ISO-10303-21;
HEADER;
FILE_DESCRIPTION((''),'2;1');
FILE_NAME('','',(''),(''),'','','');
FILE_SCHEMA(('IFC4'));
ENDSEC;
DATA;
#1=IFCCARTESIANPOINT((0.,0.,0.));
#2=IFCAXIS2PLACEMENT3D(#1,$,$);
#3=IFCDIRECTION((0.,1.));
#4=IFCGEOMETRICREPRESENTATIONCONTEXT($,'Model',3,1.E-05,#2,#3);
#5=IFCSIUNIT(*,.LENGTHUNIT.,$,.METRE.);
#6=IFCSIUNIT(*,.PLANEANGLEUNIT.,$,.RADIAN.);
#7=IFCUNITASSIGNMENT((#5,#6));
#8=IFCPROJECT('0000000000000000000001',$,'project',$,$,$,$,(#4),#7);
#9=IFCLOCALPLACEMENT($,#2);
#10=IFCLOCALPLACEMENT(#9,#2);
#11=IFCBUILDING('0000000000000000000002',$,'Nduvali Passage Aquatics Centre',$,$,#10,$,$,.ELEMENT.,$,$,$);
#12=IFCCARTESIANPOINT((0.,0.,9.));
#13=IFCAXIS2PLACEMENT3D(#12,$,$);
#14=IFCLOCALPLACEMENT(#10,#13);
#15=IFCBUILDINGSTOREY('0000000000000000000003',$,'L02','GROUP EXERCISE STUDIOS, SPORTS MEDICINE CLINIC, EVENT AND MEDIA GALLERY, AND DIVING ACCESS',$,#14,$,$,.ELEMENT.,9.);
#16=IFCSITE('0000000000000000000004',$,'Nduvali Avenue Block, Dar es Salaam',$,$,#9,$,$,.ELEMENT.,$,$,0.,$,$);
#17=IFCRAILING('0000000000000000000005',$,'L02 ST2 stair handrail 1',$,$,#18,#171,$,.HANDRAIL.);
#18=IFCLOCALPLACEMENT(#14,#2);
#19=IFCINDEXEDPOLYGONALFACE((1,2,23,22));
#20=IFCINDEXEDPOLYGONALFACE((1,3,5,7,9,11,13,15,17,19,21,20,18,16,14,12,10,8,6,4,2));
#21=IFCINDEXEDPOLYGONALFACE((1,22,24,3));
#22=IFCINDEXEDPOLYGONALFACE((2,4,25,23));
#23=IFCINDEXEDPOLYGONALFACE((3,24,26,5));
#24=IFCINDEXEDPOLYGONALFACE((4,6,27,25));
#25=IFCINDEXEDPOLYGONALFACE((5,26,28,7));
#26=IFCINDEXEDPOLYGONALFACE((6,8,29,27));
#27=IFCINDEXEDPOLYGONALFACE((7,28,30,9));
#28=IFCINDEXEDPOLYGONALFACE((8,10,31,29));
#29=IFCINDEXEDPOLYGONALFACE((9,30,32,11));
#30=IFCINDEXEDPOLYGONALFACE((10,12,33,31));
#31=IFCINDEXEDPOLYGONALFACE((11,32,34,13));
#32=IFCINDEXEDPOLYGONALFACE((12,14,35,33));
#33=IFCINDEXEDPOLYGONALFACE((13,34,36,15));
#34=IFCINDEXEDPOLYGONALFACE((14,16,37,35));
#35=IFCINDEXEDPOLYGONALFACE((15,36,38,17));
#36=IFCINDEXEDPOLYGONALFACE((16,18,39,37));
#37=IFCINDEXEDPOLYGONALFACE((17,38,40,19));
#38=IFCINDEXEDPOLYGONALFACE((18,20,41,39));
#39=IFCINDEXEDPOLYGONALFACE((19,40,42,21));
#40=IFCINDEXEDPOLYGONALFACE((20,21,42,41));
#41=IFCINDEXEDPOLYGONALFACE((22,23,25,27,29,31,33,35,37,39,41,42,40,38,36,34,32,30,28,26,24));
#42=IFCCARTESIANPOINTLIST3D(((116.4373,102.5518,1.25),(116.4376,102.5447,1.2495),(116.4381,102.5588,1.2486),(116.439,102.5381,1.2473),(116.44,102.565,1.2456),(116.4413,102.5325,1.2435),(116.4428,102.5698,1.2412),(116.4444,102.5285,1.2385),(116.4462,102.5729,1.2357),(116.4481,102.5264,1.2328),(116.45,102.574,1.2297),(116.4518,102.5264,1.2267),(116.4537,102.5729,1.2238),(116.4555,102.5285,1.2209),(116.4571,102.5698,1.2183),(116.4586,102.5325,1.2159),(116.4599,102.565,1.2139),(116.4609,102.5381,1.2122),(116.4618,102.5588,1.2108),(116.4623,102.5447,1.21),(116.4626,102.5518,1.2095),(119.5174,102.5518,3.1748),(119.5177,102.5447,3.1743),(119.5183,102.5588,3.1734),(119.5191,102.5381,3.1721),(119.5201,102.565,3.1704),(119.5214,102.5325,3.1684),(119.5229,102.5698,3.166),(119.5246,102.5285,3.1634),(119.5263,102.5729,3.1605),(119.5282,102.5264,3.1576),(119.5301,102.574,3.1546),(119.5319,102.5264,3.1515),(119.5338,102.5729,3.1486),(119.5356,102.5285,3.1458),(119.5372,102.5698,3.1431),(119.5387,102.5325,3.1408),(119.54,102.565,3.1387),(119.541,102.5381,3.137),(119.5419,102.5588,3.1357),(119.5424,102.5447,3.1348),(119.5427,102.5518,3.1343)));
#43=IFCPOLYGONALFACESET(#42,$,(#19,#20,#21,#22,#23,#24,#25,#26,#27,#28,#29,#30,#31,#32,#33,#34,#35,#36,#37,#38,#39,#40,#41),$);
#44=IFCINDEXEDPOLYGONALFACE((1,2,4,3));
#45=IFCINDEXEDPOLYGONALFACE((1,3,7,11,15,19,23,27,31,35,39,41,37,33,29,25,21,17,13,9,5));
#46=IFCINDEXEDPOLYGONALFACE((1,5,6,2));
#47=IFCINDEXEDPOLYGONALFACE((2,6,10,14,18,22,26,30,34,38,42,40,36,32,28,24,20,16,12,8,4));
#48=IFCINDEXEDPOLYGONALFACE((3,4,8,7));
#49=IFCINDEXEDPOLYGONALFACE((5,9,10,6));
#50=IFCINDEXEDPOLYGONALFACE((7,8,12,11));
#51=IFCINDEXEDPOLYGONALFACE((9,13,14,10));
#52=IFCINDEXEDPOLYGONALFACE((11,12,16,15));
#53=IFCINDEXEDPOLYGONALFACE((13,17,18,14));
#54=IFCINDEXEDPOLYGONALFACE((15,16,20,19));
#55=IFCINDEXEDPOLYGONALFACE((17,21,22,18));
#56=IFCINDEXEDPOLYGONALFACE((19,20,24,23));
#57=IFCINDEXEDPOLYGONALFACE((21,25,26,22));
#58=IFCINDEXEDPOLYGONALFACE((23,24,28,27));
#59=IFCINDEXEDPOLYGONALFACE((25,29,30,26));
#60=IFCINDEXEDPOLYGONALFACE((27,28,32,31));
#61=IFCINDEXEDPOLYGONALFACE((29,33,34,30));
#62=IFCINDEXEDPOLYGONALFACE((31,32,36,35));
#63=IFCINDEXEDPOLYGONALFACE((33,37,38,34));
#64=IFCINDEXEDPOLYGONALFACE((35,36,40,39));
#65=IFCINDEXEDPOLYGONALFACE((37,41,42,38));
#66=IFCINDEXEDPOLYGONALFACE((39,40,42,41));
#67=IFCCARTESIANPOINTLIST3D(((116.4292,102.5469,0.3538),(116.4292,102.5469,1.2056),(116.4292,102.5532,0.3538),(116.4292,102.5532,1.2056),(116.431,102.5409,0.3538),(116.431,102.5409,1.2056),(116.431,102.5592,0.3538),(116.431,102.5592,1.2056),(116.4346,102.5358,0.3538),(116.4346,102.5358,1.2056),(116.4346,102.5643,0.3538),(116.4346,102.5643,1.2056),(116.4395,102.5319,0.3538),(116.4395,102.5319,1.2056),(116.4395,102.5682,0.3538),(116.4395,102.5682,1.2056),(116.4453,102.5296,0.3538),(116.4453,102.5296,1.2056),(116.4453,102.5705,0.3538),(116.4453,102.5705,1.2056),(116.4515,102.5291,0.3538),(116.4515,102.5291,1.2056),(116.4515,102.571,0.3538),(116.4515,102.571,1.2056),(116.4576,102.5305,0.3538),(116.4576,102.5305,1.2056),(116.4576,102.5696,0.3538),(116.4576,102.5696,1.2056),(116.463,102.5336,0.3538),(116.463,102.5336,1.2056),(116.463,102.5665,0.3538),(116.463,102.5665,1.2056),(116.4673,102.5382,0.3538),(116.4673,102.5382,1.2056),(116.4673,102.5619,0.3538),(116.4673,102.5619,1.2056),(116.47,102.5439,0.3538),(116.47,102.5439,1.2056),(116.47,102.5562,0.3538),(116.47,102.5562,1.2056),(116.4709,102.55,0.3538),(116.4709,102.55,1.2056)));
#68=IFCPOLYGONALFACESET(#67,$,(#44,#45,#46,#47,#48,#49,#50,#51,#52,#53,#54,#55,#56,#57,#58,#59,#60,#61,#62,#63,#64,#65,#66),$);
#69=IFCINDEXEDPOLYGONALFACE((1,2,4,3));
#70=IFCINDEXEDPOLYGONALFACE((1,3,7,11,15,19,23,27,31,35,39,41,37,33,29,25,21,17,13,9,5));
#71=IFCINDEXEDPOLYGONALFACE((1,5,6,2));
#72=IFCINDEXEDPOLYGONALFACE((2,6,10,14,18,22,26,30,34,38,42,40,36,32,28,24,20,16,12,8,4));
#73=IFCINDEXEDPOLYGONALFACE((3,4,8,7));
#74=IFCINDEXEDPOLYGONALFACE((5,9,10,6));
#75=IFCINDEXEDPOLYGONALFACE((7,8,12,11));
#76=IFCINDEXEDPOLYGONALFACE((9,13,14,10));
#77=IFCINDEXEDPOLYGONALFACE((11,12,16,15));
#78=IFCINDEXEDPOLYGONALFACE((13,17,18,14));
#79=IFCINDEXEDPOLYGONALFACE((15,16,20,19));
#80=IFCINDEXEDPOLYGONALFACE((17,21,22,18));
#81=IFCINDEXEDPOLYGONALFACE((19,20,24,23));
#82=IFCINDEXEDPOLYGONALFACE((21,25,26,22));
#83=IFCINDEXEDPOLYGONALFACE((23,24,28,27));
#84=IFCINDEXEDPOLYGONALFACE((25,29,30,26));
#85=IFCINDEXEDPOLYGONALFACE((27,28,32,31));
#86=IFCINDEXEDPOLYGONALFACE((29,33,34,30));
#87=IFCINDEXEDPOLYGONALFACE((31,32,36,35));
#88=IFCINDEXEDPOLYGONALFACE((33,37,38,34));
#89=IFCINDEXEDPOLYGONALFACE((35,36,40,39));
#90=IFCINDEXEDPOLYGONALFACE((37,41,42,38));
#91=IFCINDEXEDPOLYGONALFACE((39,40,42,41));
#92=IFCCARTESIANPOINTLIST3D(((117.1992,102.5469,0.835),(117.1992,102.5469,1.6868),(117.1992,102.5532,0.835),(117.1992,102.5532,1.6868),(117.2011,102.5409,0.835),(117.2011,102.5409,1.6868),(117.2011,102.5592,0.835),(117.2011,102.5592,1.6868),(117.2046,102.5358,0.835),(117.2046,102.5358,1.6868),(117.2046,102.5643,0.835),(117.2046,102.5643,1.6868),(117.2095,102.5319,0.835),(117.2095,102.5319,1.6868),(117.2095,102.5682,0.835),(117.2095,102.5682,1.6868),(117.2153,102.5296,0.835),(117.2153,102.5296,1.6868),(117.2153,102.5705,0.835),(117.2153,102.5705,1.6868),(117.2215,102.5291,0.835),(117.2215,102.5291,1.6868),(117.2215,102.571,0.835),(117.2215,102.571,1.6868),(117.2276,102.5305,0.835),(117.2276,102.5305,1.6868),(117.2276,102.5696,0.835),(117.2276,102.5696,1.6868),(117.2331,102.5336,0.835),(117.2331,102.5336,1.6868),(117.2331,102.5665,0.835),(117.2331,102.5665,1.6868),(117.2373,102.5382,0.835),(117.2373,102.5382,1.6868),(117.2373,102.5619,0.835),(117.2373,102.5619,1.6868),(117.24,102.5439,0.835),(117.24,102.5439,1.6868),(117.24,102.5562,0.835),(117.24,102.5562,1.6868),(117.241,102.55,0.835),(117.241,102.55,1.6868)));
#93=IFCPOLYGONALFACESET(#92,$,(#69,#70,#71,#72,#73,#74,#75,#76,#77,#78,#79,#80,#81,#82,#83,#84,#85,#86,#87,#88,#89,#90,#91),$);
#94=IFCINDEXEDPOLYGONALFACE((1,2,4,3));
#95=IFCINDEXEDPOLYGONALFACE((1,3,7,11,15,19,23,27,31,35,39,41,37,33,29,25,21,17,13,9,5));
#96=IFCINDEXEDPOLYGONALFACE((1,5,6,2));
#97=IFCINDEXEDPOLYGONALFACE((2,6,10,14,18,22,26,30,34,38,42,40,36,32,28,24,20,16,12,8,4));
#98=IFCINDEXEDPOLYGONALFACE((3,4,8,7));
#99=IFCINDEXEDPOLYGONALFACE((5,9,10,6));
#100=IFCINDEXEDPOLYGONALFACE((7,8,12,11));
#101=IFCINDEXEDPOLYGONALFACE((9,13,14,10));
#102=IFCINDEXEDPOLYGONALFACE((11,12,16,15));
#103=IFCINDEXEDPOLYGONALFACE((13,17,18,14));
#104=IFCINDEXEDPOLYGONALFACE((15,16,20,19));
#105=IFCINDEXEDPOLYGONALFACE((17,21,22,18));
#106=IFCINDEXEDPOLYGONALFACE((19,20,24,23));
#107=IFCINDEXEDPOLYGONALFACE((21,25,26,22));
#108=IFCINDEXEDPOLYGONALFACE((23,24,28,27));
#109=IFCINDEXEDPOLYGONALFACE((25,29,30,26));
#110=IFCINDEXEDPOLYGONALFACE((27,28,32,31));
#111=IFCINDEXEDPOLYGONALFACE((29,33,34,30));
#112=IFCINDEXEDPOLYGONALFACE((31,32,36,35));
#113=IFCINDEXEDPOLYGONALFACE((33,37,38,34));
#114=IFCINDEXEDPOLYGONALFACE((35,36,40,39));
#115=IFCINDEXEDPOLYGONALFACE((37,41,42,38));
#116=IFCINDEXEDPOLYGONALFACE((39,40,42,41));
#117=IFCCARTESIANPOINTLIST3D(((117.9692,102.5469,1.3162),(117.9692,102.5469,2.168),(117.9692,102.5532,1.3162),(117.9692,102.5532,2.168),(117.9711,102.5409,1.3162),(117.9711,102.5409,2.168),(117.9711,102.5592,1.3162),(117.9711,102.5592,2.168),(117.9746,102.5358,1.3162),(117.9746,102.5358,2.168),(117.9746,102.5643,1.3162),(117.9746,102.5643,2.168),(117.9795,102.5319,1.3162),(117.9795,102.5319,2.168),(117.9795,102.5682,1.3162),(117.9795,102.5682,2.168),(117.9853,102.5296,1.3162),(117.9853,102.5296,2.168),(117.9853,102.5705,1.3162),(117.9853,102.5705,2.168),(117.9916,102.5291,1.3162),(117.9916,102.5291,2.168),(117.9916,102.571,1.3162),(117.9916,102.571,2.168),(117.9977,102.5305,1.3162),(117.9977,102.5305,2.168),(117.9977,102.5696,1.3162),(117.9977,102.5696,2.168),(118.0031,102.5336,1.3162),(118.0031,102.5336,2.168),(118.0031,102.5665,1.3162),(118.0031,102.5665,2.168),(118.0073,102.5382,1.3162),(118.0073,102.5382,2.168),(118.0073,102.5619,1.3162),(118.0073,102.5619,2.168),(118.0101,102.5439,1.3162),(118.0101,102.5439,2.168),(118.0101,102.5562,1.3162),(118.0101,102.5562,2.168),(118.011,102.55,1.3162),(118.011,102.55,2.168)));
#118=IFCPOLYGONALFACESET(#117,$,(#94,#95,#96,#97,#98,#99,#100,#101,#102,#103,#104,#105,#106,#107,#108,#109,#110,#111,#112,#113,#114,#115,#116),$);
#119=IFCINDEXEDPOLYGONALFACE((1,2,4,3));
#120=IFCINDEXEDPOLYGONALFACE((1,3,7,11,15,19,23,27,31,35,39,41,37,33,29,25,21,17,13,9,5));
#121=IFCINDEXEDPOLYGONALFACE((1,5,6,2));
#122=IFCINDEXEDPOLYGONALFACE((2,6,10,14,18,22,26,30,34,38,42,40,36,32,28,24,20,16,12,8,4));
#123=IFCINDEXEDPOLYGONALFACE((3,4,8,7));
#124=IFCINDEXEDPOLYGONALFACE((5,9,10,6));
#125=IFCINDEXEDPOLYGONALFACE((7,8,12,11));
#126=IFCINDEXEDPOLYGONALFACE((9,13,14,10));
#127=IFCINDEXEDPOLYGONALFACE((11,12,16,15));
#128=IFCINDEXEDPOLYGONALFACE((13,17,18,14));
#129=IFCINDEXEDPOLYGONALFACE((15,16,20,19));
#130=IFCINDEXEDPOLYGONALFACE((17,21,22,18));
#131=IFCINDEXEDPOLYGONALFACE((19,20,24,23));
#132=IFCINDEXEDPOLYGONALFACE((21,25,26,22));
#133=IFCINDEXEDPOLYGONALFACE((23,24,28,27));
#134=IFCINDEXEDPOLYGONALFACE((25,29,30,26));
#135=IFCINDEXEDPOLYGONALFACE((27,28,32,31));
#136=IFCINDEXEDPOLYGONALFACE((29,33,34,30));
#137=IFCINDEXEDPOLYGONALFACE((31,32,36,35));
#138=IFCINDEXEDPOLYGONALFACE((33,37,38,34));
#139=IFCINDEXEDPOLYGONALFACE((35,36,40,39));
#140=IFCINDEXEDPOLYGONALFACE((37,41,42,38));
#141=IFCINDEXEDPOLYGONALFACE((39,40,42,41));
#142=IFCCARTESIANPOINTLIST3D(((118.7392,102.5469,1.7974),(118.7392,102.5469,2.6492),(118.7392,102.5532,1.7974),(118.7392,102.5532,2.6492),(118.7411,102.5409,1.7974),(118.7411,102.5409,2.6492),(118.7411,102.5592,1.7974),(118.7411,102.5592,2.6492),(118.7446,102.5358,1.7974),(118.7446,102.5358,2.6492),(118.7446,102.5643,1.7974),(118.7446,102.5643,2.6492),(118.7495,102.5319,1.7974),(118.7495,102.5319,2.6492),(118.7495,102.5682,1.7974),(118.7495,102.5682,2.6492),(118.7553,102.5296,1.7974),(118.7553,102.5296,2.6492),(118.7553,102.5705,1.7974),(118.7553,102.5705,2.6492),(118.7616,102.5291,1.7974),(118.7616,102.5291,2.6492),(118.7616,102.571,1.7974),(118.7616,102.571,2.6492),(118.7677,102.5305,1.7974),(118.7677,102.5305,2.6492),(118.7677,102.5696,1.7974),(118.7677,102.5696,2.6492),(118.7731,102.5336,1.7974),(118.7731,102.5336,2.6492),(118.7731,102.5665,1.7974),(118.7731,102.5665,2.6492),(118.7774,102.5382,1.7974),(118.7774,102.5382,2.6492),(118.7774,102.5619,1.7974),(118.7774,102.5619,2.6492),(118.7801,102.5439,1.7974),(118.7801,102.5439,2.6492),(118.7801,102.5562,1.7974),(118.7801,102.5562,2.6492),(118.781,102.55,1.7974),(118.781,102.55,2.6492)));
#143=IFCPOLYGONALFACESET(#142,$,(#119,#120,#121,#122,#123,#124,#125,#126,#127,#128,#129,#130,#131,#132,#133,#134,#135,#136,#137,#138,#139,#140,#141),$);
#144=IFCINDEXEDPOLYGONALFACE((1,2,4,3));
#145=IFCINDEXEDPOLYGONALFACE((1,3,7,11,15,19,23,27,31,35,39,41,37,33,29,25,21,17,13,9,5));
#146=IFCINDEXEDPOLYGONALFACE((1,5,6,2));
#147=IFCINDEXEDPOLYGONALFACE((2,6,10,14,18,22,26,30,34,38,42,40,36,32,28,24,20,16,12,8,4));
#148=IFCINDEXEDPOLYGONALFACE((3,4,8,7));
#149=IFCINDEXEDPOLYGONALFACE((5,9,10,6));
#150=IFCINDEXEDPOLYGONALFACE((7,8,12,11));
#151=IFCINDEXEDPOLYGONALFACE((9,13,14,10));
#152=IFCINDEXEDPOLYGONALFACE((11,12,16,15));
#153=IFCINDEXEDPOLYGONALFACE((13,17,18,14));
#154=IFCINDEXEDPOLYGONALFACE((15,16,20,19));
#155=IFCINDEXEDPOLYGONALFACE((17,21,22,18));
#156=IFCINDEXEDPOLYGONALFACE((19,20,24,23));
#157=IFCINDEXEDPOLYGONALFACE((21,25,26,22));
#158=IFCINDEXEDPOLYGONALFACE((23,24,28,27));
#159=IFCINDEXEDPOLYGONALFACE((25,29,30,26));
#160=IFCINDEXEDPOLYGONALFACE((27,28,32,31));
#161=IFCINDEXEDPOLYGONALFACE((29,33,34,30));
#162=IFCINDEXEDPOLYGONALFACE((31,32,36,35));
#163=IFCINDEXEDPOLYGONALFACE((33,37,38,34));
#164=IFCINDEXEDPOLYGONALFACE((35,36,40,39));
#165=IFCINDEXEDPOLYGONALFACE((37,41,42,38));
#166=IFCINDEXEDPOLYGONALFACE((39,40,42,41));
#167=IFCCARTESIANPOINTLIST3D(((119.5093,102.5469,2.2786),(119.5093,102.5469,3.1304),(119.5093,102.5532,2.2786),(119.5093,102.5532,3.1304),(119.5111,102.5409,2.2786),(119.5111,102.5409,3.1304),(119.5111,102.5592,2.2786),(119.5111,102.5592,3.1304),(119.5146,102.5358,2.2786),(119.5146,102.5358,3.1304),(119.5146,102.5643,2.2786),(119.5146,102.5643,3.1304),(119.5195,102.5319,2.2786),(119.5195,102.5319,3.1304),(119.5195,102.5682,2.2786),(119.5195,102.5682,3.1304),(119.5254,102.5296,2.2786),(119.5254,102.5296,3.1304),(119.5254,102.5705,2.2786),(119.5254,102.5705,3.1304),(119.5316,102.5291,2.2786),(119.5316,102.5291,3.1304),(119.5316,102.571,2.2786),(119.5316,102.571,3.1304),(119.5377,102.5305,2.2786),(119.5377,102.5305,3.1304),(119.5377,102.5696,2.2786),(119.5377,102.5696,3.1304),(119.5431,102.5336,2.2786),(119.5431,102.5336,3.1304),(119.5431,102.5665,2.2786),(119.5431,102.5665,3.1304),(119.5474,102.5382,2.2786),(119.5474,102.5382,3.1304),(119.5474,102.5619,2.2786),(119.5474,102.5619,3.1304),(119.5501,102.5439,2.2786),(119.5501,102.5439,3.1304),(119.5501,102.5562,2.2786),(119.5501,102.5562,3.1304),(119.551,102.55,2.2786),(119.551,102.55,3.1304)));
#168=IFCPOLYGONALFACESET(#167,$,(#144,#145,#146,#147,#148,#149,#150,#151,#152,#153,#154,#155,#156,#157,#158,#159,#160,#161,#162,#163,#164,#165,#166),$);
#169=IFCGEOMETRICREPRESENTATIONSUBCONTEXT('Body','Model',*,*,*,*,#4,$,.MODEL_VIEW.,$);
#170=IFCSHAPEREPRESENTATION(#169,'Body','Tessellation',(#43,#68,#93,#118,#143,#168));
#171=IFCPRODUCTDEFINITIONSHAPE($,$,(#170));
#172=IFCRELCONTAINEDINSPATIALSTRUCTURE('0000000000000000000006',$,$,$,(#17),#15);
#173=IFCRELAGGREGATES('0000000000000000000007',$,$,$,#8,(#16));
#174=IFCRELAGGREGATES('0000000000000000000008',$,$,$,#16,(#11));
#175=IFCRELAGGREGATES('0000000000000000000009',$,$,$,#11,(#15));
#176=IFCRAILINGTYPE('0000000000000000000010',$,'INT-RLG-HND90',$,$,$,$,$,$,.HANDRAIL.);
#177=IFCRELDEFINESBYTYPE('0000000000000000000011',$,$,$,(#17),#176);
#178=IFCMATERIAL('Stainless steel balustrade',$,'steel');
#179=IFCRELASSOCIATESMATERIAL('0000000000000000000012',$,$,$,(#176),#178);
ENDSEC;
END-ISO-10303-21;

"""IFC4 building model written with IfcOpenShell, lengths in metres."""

from ifc_helpers import new_model, si_unit, direction, frame, origin, origin_2d, place, context, subcontext, project, spatial, circle, extrude, material, type_object, element, save


model = new_model("IFC4")

# Units and contexts
model_context = context("Model", 3, precision=1e-05, world=origin(), true_north=direction((0.0, 1.0)))
body_context = subcontext(model_context, "Body", "Model", "MODEL_VIEW")
ifc_project = project(units=[si_unit("LENGTHUNIT", "METRE"), si_unit("PLANEANGLEUNIT", "RADIAN")], contexts=[model_context])

# Site, building, storey
site_placement = place(None, origin())
site = spatial("IfcSite", under=ifc_project, at=site_placement, Name="Nduvali Avenue Block, Dar es Salaam", CompositionType="ELEMENT", RefElevation=0.0)
building_placement = place(site_placement, origin())
building = spatial("IfcBuilding", under=site, at=building_placement, Name="Nduvali Passage Aquatics Centre", CompositionType="ELEMENT")
storey_placement = place(building_placement, frame((0.0, 0.0, 9.0)))
storey = spatial("IfcBuildingStorey", under=building, at=storey_placement, Name="L02", Description="GROUP EXERCISE STUDIOS, SPORTS MEDICINE CLINIC, EVENT AND MEDIA GALLERY, AND DIVING ACCESS", CompositionType="ELEMENT", Elevation=9.0)

# Railing
ifc_material_1 = material(Name="Stainless steel balustrade", Category="steel")
railing_type_1 = type_object("IfcRailingType", Name="INT-RLG-HND90", PredefinedType="HANDRAIL", material=ifc_material_1)
railing_1_placement = place(storey_placement, frame((116.45, 102.55, 0.3538)))
element("IfcRailing", 1, at=railing_1_placement, inside=storey, type_object=railing_type_1, Name="L02 ST2 stair handrail 1", PredefinedType="HANDRAIL", context=body_context, shape_type="SweptSolid", body=[
    extrude(circle(Radius=0.0239, at=origin_2d()), frame((0.0, 0.0, 0.876), z_axis=(0.848029, 0.0, 0.529951), x_axis=(0.0, 1.0, 0.0)), (0.0, 0.0, 1.0), 3.6321),
    extrude(circle(Radius=0.021, at=origin_2d()), origin(), (0.0, 0.0, 1.0), 0.8518),
    extrude(circle(Radius=0.021, at=origin_2d()), frame((0.77, 0.0, 0.4812)), (0.0, 0.0, 1.0), 0.8518),
    extrude(circle(Radius=0.021, at=origin_2d()), frame((1.54, 0.0, 0.9624)), (0.0, 0.0, 1.0), 0.8518),
    extrude(circle(Radius=0.021, at=origin_2d()), frame((2.3101, 0.0, 1.4436)), (0.0, 0.0, 1.0), 0.8518),
    extrude(circle(Radius=0.021, at=origin_2d()), frame((3.0801, 0.0, 1.9248)), (0.0, 0.0, 1.0), 0.8518),
])

save(model, "model.ifc")
